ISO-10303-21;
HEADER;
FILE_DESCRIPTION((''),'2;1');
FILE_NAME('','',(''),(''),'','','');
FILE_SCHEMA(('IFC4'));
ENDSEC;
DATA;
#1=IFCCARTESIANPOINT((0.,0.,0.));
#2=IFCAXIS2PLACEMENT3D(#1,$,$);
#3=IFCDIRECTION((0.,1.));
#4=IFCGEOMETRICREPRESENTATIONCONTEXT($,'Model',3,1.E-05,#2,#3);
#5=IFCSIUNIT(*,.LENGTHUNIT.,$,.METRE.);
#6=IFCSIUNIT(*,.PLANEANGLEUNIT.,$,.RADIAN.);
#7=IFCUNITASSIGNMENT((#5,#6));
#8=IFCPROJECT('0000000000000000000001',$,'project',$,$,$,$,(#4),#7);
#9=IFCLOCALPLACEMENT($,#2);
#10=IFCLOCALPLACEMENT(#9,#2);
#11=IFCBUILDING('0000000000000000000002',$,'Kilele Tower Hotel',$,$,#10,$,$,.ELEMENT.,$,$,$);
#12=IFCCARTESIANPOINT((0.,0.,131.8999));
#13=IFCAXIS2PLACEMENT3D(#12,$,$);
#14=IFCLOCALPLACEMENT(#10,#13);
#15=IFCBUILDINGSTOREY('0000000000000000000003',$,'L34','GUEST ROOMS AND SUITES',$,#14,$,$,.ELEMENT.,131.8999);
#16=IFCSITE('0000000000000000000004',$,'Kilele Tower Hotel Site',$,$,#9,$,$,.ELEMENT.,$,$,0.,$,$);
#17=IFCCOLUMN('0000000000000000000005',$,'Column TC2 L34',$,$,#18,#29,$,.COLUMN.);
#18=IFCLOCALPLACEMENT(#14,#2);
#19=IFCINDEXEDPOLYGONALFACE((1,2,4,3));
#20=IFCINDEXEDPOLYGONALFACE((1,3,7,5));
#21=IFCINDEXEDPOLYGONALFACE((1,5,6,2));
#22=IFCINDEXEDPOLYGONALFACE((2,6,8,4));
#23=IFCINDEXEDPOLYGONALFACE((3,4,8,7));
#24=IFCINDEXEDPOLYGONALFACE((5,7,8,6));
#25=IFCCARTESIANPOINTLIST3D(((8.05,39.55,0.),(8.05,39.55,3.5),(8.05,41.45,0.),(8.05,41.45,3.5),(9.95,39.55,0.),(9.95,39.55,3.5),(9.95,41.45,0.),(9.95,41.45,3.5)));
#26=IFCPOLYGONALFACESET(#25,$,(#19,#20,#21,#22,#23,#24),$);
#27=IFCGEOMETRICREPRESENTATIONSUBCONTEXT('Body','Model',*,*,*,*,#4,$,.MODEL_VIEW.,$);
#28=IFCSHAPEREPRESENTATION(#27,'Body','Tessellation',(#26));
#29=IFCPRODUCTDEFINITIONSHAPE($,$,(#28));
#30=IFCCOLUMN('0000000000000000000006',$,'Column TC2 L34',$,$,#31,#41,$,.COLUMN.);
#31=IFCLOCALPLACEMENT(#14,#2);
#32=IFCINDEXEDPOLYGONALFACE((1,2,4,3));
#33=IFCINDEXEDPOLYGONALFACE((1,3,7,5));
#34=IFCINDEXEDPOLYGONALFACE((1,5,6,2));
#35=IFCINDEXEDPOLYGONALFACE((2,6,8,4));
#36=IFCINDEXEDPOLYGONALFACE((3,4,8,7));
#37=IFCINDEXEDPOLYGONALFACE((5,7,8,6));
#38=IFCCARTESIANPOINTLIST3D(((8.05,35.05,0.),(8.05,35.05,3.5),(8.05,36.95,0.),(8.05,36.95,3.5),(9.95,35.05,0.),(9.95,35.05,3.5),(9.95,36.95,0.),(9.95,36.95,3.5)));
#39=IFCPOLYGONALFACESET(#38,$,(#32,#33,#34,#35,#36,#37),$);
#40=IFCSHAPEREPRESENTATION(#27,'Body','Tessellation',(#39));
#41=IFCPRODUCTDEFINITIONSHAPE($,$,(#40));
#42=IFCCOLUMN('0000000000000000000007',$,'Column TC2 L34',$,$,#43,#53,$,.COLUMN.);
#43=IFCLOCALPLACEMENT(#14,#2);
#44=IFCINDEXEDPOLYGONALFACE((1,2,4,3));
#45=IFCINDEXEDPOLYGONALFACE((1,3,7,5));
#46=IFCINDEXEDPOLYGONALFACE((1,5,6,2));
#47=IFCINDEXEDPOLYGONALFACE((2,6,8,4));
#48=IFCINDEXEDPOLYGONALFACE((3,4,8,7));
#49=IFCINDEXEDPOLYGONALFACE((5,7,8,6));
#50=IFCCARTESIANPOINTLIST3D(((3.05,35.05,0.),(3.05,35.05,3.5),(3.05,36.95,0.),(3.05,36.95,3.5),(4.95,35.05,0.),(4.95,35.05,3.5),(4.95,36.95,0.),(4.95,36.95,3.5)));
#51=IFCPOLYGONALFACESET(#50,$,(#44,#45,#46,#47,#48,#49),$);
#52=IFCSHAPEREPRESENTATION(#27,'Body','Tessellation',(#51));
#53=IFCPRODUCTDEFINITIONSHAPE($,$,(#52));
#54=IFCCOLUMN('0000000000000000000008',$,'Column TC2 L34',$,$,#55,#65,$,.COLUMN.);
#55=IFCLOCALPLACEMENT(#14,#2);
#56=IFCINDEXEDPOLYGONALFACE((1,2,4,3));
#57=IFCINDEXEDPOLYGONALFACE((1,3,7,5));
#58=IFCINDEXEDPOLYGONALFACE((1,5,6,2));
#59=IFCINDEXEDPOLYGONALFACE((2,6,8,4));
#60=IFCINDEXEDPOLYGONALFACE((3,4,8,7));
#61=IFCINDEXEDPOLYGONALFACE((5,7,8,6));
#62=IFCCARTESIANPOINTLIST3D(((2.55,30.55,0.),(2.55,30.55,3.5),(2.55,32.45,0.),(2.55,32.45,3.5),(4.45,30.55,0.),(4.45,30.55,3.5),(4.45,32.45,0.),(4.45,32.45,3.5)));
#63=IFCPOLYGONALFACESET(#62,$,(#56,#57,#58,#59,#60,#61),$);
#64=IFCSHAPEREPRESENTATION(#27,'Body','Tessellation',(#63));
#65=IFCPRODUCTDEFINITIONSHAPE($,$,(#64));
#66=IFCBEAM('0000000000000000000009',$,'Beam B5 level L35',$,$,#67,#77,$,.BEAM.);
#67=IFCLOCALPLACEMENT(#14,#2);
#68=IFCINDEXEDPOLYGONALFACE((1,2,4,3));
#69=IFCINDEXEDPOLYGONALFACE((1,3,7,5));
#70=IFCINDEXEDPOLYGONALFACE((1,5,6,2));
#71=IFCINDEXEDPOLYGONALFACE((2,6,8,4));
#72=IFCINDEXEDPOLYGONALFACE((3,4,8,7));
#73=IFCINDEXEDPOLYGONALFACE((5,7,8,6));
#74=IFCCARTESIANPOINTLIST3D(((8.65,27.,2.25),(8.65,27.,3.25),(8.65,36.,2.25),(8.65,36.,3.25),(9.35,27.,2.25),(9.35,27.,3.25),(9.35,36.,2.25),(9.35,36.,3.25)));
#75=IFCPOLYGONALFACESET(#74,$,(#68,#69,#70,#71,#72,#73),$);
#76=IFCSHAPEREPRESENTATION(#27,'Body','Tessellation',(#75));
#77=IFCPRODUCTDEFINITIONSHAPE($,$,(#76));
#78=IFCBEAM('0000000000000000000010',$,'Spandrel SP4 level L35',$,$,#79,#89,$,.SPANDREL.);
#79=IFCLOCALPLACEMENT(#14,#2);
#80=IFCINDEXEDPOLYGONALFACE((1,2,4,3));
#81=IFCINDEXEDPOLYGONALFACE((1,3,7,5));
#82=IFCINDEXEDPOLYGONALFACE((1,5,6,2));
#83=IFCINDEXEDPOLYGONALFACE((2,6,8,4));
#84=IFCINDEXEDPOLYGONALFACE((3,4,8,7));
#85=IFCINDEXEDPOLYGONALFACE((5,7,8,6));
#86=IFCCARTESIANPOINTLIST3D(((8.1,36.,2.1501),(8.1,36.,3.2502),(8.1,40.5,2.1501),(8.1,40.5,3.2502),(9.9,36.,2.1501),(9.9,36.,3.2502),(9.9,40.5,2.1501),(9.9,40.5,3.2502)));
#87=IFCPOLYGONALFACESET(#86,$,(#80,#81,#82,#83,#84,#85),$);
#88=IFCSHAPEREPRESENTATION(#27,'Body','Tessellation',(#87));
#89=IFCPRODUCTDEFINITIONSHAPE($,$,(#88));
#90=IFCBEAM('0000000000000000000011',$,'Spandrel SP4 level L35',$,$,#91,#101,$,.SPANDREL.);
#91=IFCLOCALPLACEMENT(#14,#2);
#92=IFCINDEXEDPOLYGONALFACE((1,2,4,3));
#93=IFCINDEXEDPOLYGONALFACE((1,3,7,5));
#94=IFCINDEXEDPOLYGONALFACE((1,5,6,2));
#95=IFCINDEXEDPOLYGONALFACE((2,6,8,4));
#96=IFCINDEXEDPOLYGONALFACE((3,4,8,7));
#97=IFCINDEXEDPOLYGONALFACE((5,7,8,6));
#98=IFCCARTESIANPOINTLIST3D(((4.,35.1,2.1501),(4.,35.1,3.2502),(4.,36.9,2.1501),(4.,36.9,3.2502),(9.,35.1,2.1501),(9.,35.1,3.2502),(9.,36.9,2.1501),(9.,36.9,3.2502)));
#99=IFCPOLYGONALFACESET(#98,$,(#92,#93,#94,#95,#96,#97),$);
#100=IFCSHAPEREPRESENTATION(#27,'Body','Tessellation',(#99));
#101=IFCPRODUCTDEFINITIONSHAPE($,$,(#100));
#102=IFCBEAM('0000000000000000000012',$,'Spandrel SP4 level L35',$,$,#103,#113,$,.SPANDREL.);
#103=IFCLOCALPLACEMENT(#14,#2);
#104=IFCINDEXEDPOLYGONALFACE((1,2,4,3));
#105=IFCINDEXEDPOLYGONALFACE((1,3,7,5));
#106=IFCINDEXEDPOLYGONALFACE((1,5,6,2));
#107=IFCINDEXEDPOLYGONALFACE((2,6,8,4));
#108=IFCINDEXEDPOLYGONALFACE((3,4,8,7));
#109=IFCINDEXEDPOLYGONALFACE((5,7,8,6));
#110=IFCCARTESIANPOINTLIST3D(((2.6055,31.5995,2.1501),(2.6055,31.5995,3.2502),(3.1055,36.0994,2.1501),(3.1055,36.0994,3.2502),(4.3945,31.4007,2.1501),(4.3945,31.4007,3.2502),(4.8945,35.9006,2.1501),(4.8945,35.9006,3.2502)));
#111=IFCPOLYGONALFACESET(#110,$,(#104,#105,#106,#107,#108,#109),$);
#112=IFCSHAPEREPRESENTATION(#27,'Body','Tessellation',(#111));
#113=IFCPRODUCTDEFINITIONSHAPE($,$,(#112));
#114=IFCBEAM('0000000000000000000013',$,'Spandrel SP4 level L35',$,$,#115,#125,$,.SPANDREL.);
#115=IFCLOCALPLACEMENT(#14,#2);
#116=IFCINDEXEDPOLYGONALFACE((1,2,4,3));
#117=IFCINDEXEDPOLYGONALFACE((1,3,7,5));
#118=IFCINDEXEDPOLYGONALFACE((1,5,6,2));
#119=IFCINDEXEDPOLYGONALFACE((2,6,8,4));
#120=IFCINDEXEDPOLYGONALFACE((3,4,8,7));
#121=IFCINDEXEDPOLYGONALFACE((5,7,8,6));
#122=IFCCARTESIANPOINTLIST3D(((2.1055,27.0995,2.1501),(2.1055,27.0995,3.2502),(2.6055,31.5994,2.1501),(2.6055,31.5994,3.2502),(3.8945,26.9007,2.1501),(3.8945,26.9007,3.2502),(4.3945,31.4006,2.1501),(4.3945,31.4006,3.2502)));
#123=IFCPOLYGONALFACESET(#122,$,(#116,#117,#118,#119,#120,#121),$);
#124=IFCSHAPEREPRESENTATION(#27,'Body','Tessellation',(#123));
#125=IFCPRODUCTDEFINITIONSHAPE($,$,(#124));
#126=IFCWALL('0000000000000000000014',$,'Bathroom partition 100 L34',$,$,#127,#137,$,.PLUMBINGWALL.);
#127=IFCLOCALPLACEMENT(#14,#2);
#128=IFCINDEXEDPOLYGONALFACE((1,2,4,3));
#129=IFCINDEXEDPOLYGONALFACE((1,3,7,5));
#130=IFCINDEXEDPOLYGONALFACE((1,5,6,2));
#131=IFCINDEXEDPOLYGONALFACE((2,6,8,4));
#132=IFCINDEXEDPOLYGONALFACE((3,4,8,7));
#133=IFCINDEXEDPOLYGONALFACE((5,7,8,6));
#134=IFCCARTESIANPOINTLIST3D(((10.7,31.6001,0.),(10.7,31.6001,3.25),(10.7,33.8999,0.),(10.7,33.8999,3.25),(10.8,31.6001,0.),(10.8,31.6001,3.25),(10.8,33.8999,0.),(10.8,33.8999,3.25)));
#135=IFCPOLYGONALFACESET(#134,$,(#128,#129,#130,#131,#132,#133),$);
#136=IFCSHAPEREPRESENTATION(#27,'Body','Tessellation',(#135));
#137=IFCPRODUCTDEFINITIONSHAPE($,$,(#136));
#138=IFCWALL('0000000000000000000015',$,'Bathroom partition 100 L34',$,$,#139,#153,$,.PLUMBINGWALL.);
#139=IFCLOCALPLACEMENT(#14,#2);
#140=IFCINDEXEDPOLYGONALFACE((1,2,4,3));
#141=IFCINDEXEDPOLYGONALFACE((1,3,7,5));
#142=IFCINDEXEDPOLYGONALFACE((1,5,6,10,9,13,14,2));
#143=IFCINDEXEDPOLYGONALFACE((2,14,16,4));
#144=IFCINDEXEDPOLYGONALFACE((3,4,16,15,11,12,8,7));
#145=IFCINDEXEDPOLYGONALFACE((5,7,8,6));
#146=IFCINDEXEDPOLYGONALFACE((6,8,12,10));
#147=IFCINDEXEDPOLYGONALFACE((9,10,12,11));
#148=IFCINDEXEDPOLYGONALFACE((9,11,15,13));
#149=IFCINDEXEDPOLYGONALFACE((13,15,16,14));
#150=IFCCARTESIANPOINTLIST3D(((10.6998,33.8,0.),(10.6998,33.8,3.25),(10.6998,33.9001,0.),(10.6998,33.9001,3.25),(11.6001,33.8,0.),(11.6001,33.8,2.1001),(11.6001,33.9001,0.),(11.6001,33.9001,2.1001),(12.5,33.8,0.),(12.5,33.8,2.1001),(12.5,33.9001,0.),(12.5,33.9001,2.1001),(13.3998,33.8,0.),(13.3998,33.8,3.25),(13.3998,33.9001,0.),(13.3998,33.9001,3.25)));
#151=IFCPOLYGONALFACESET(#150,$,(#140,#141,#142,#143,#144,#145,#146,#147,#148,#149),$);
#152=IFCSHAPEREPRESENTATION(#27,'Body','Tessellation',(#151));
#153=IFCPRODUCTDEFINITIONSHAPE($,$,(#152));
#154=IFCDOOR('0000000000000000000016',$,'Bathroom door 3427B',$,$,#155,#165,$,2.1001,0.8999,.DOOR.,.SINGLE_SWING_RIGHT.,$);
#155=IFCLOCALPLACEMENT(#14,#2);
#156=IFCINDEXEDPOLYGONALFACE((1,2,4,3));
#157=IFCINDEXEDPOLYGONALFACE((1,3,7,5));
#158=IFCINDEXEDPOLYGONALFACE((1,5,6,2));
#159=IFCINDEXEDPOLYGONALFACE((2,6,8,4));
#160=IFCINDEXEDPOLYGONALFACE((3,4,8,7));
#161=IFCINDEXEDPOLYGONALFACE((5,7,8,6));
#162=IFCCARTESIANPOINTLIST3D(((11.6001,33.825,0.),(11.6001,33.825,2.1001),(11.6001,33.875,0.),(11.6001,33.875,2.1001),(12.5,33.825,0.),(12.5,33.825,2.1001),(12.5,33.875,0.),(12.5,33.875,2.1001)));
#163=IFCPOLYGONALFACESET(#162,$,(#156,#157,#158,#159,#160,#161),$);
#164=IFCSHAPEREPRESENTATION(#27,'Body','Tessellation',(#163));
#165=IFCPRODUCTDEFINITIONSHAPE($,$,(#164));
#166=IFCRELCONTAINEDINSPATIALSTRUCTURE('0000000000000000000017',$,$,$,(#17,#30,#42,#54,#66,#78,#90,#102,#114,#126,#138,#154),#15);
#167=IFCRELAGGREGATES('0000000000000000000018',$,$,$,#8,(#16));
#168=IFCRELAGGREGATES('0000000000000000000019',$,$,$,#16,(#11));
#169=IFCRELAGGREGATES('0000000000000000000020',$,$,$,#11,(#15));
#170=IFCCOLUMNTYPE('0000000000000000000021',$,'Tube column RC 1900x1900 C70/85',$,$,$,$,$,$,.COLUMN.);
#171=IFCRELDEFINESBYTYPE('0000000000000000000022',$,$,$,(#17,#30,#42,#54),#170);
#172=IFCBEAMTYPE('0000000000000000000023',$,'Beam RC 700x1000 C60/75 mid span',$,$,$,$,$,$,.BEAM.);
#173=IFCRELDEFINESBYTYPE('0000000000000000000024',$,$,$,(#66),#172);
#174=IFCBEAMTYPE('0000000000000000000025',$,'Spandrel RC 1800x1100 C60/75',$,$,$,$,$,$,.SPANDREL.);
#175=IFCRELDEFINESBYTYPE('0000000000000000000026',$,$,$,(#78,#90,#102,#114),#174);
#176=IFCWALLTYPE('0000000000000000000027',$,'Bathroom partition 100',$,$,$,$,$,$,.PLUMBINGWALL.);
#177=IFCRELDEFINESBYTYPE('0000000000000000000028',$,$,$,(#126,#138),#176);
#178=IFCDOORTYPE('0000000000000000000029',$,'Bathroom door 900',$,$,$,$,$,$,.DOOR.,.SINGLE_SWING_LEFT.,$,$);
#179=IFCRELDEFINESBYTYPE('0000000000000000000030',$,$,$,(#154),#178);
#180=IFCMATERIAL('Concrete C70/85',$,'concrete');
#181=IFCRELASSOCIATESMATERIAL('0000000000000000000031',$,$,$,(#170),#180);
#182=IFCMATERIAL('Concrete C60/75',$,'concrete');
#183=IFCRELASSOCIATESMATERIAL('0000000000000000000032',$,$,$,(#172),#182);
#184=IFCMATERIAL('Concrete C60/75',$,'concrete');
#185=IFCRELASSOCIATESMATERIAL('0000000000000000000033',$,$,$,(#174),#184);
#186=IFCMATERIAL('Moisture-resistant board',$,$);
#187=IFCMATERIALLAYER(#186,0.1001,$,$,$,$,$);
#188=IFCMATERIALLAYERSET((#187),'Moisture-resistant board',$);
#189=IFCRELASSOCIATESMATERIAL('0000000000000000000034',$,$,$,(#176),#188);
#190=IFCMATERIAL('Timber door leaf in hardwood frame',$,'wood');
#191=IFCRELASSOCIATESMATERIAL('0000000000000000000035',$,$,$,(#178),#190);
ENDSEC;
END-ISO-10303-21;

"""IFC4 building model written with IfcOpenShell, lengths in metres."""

from ifc_helpers import new_model, si_unit, direction, frame, frame_2d, origin, origin_2d, place, context, subcontext, project, spatial, rectangle, extrude, material, layer, layer_set, material_profile, profile_set, type_object, element, fill, save


model = new_model("IFC4")

# Units and contexts
model_context = context("Model", 3, precision=1e-05, world=origin(), true_north=direction((0.0, 1.0)))
body_context = subcontext(model_context, "Body", "Model", "MODEL_VIEW")
ifc_project = project(units=[si_unit("LENGTHUNIT", "METRE"), si_unit("PLANEANGLEUNIT", "RADIAN")], contexts=[model_context])

# Site, building, storey
site_placement = place(None, origin())
site = spatial("IfcSite", under=ifc_project, at=site_placement, Name="Kilele Tower Hotel Site", CompositionType="ELEMENT", RefElevation=0.0)
building_placement = place(site_placement, origin())
building = spatial("IfcBuilding", under=site, at=building_placement, Name="Kilele Tower Hotel", CompositionType="ELEMENT")
storey_placement = place(building_placement, frame((0.0, 0.0, 131.8999)))
storey = spatial("IfcBuildingStorey", under=building, at=storey_placement, Name="L34", Description="GUEST ROOMS AND SUITES", CompositionType="ELEMENT", Elevation=131.8999)

# Columns
ifc_material_1 = material(Name="Concrete C70/85", Category="concrete")
ifc_material_profile_1 = material_profile(ifc_material_1, rectangle(XDim=1.8999, YDim=1.8999, at=origin_2d()))
ifc_profile_set_1 = profile_set([ifc_material_profile_1], Name="Concrete C70/85")
column_type = type_object("IfcColumnType", Name="Tube column RC 1900x1900 C70/85", PredefinedType="COLUMN", material=ifc_profile_set_1)
for number, where, z_axis, x_axis, name in (
    (1, (9.0, 40.5, 0.0), (0.0, 0.0, 1.0), (1.0, 0.0, 0.0), "Column TC2 L34"),
    (2, (9.0, 36.0, 0.0), (0.0, 0.0, 1.0), (1.0, 0.0, 0.0), "Column TC2 L34"),
    (3, (4.0, 36.0, 0.0), (0.0, 0.0, 1.0), (1.0, 0.0, 0.0), "Column TC2 L34"),
    (4, (3.5, 31.5, 0.0), (0.0, 0.0, 1.0), (1.0, 0.0, 0.0), "Column TC2 L34"),
):
    element("IfcColumn", number, at=place(storey_placement, frame(where, z_axis=z_axis, x_axis=x_axis)), inside=storey, type_object=column_type, Name=name, PredefinedType="COLUMN", context=body_context, shape_type="SweptSolid", body=[
        extrude(rectangle(XDim=1.8999, YDim=1.8999, at=origin_2d()), origin(), (0.0, 0.0, 1.0), 3.5),
    ])

# Beams
ifc_material_2 = material(Name="Concrete C60/75", Category="concrete")
ifc_material_profile_2 = material_profile(ifc_material_2, rectangle(XDim=0.7, YDim=1.0, at=origin_2d()))
ifc_profile_set_2 = profile_set([ifc_material_profile_2], Name="Concrete C60/75")
beam_type_1 = type_object("IfcBeamType", Name="Beam RC 700x1000 C60/75 mid span", PredefinedType="BEAM", material=ifc_profile_set_2)
beam_1_placement = place(storey_placement, frame((9.0, 36.0, 2.75), z_axis=(0.0, -1.0, 0.0), x_axis=(1.0, 0.0, 0.0)))
element("IfcBeam", 5, at=beam_1_placement, inside=storey, type_object=beam_type_1, Name="Beam B5 level L35", PredefinedType="BEAM", context=body_context, shape_type="SweptSolid", body=[
    extrude(rectangle(XDim=0.7, YDim=1.0, at=origin_2d()), origin(), (0.0, 0.0, 1.0), 9.0),
])
ifc_material_3 = material(Name="Concrete C60/75", Category="concrete")
ifc_material_profile_3 = material_profile(ifc_material_3, rectangle(XDim=1.8, YDim=1.1001, at=origin_2d()))
ifc_profile_set_3 = profile_set([ifc_material_profile_3], Name="Concrete C60/75")
beam_type_2 = type_object("IfcBeamType", Name="Spandrel RC 1800x1100 C60/75", PredefinedType="SPANDREL", material=ifc_profile_set_3)
beam_2_placement = place(storey_placement, frame((9.0, 40.5, 2.7002), z_axis=(0.0, -1.0, 0.0), x_axis=(1.0, 0.0, 0.0)))
element("IfcBeam", 6, at=beam_2_placement, inside=storey, type_object=beam_type_2, Name="Spandrel SP4 level L35", PredefinedType="SPANDREL", context=body_context, shape_type="SweptSolid", body=[
    extrude(rectangle(XDim=1.8, YDim=1.1001, at=origin_2d()), origin(), (0.0, 0.0, 1.0), 4.5),
])
beam_3_placement = place(storey_placement, frame((9.0, 36.0, 2.7002), z_axis=(-1.0, 0.0, 0.0), x_axis=(0.0, -1.0, 0.0)))
element("IfcBeam", 7, at=beam_3_placement, inside=storey, type_object=beam_type_2, Name="Spandrel SP4 level L35", PredefinedType="SPANDREL", context=body_context, shape_type="SweptSolid", body=[
    extrude(rectangle(XDim=1.8, YDim=1.1001, at=origin_2d()), origin(), (0.0, 0.0, 1.0), 5.0),
])
for number, where, z_axis, x_axis, name in (
    (8, (4.0, 36.0, 2.7002), (-0.110432, -0.993884, 0.0), (0.993884, -0.110432, 0.0), "Spandrel SP4 level L35"),
    (9, (3.5, 31.5, 2.7002), (-0.110432, -0.993884, 0.0), (0.993884, -0.110432, 0.0), "Spandrel SP4 level L35"),
):
    element("IfcBeam", number, at=place(storey_placement, frame(where, z_axis=z_axis, x_axis=x_axis)), inside=storey, type_object=beam_type_2, Name=name, PredefinedType="SPANDREL", context=body_context, shape_type="SweptSolid", body=[
        extrude(rectangle(XDim=1.8, YDim=1.1001, at=origin_2d()), origin(), (0.0, 0.0, 1.0), 4.5276),
    ])

# Wall
ifc_material_4 = material(Name="Moisture-resistant board")
ifc_layer_1 = layer(ifc_material_4, 0.1001)
ifc_layer_set_1 = layer_set([ifc_layer_1], Name="Moisture-resistant board")
wall_type_1 = type_object("IfcWallType", Name="Bathroom partition 100", PredefinedType="PLUMBINGWALL", material=ifc_layer_set_1)
wall_1_placement = place(storey_placement, frame((10.75, 31.6001, 0.0), z_axis=(0.0, 0.0, 1.0), x_axis=(0.0, 1.0, 0.0)))
element("IfcWall", 10, at=wall_1_placement, inside=storey, type_object=wall_type_1, Name="Bathroom partition 100 L34", PredefinedType="PLUMBINGWALL", context=body_context, shape_type="SweptSolid", body=[
    extrude(rectangle(XDim=2.2998, YDim=0.1001, at=frame_2d((1.1499, 0.0))), origin(), (0.0, 0.0, 1.0), 3.25),
])

# Wall, opening, door
wall_2_placement = place(storey_placement, frame((13.3999, 33.8501, 0.0), z_axis=(0.0, 0.0, 1.0), x_axis=(-1.0, 0.0, 0.0)))
wall_2 = element("IfcWall", 11, at=wall_2_placement, inside=storey, type_object=wall_type_1, Name="Bathroom partition 100 L34", PredefinedType="PLUMBINGWALL", context=body_context, shape_type="SweptSolid", body=[
    extrude(rectangle(XDim=2.7, YDim=0.1001, at=frame_2d((1.3501, 0.0))), origin(), (0.0, 0.0, 1.0), 3.25),
])
opening_1_placement = place(wall_2_placement, frame((1.7998, 0.0, 0.0), z_axis=(0.0, 0.0, 1.0), x_axis=(-1.0, 0.0, 0.0)))
opening_1 = element("IfcOpeningElement", 12, at=opening_1_placement, cuts=wall_2, PredefinedType="OPENING", context=body_context, shape_type="SweptSolid", body=[
    extrude(rectangle(XDim=0.8999, YDim=2.1001, at=frame_2d((0.45, 1.05))), frame((0.0, 0.0601, 0.0), z_axis=(0.0, -1.0, 0.0), x_axis=(1.0, 0.0, 0.0)), (0.0, 0.0, 1.0), 0.1201),
])
ifc_material_5 = material(Name="Timber door leaf in hardwood frame", Category="wood")
door_type_1 = type_object("IfcDoorType", Name="Bathroom door 900", OperationType="SINGLE_SWING_LEFT", PredefinedType="DOOR", material=ifc_material_5)
door_1_placement = place(opening_1_placement, origin())
door_1 = element("IfcDoor", 13, at=door_1_placement, inside=storey, type_object=door_type_1, Name="Bathroom door 3427B", OperationType="SINGLE_SWING_RIGHT", OverallHeight=2.1001, OverallWidth=0.8999, PredefinedType="DOOR", context=body_context, shape_type="SweptSolid", body=[
    extrude(rectangle(XDim=0.8999, YDim=2.1001, at=frame_2d((0.45, 1.05))), frame((0.0, 0.0249, 0.0), z_axis=(0.0, -1.0, 0.0), x_axis=(1.0, 0.0, 0.0)), (0.0, 0.0, 1.0), 0.05),
])
fill(opening_1, door_1)

save(model, "model.ifc")
